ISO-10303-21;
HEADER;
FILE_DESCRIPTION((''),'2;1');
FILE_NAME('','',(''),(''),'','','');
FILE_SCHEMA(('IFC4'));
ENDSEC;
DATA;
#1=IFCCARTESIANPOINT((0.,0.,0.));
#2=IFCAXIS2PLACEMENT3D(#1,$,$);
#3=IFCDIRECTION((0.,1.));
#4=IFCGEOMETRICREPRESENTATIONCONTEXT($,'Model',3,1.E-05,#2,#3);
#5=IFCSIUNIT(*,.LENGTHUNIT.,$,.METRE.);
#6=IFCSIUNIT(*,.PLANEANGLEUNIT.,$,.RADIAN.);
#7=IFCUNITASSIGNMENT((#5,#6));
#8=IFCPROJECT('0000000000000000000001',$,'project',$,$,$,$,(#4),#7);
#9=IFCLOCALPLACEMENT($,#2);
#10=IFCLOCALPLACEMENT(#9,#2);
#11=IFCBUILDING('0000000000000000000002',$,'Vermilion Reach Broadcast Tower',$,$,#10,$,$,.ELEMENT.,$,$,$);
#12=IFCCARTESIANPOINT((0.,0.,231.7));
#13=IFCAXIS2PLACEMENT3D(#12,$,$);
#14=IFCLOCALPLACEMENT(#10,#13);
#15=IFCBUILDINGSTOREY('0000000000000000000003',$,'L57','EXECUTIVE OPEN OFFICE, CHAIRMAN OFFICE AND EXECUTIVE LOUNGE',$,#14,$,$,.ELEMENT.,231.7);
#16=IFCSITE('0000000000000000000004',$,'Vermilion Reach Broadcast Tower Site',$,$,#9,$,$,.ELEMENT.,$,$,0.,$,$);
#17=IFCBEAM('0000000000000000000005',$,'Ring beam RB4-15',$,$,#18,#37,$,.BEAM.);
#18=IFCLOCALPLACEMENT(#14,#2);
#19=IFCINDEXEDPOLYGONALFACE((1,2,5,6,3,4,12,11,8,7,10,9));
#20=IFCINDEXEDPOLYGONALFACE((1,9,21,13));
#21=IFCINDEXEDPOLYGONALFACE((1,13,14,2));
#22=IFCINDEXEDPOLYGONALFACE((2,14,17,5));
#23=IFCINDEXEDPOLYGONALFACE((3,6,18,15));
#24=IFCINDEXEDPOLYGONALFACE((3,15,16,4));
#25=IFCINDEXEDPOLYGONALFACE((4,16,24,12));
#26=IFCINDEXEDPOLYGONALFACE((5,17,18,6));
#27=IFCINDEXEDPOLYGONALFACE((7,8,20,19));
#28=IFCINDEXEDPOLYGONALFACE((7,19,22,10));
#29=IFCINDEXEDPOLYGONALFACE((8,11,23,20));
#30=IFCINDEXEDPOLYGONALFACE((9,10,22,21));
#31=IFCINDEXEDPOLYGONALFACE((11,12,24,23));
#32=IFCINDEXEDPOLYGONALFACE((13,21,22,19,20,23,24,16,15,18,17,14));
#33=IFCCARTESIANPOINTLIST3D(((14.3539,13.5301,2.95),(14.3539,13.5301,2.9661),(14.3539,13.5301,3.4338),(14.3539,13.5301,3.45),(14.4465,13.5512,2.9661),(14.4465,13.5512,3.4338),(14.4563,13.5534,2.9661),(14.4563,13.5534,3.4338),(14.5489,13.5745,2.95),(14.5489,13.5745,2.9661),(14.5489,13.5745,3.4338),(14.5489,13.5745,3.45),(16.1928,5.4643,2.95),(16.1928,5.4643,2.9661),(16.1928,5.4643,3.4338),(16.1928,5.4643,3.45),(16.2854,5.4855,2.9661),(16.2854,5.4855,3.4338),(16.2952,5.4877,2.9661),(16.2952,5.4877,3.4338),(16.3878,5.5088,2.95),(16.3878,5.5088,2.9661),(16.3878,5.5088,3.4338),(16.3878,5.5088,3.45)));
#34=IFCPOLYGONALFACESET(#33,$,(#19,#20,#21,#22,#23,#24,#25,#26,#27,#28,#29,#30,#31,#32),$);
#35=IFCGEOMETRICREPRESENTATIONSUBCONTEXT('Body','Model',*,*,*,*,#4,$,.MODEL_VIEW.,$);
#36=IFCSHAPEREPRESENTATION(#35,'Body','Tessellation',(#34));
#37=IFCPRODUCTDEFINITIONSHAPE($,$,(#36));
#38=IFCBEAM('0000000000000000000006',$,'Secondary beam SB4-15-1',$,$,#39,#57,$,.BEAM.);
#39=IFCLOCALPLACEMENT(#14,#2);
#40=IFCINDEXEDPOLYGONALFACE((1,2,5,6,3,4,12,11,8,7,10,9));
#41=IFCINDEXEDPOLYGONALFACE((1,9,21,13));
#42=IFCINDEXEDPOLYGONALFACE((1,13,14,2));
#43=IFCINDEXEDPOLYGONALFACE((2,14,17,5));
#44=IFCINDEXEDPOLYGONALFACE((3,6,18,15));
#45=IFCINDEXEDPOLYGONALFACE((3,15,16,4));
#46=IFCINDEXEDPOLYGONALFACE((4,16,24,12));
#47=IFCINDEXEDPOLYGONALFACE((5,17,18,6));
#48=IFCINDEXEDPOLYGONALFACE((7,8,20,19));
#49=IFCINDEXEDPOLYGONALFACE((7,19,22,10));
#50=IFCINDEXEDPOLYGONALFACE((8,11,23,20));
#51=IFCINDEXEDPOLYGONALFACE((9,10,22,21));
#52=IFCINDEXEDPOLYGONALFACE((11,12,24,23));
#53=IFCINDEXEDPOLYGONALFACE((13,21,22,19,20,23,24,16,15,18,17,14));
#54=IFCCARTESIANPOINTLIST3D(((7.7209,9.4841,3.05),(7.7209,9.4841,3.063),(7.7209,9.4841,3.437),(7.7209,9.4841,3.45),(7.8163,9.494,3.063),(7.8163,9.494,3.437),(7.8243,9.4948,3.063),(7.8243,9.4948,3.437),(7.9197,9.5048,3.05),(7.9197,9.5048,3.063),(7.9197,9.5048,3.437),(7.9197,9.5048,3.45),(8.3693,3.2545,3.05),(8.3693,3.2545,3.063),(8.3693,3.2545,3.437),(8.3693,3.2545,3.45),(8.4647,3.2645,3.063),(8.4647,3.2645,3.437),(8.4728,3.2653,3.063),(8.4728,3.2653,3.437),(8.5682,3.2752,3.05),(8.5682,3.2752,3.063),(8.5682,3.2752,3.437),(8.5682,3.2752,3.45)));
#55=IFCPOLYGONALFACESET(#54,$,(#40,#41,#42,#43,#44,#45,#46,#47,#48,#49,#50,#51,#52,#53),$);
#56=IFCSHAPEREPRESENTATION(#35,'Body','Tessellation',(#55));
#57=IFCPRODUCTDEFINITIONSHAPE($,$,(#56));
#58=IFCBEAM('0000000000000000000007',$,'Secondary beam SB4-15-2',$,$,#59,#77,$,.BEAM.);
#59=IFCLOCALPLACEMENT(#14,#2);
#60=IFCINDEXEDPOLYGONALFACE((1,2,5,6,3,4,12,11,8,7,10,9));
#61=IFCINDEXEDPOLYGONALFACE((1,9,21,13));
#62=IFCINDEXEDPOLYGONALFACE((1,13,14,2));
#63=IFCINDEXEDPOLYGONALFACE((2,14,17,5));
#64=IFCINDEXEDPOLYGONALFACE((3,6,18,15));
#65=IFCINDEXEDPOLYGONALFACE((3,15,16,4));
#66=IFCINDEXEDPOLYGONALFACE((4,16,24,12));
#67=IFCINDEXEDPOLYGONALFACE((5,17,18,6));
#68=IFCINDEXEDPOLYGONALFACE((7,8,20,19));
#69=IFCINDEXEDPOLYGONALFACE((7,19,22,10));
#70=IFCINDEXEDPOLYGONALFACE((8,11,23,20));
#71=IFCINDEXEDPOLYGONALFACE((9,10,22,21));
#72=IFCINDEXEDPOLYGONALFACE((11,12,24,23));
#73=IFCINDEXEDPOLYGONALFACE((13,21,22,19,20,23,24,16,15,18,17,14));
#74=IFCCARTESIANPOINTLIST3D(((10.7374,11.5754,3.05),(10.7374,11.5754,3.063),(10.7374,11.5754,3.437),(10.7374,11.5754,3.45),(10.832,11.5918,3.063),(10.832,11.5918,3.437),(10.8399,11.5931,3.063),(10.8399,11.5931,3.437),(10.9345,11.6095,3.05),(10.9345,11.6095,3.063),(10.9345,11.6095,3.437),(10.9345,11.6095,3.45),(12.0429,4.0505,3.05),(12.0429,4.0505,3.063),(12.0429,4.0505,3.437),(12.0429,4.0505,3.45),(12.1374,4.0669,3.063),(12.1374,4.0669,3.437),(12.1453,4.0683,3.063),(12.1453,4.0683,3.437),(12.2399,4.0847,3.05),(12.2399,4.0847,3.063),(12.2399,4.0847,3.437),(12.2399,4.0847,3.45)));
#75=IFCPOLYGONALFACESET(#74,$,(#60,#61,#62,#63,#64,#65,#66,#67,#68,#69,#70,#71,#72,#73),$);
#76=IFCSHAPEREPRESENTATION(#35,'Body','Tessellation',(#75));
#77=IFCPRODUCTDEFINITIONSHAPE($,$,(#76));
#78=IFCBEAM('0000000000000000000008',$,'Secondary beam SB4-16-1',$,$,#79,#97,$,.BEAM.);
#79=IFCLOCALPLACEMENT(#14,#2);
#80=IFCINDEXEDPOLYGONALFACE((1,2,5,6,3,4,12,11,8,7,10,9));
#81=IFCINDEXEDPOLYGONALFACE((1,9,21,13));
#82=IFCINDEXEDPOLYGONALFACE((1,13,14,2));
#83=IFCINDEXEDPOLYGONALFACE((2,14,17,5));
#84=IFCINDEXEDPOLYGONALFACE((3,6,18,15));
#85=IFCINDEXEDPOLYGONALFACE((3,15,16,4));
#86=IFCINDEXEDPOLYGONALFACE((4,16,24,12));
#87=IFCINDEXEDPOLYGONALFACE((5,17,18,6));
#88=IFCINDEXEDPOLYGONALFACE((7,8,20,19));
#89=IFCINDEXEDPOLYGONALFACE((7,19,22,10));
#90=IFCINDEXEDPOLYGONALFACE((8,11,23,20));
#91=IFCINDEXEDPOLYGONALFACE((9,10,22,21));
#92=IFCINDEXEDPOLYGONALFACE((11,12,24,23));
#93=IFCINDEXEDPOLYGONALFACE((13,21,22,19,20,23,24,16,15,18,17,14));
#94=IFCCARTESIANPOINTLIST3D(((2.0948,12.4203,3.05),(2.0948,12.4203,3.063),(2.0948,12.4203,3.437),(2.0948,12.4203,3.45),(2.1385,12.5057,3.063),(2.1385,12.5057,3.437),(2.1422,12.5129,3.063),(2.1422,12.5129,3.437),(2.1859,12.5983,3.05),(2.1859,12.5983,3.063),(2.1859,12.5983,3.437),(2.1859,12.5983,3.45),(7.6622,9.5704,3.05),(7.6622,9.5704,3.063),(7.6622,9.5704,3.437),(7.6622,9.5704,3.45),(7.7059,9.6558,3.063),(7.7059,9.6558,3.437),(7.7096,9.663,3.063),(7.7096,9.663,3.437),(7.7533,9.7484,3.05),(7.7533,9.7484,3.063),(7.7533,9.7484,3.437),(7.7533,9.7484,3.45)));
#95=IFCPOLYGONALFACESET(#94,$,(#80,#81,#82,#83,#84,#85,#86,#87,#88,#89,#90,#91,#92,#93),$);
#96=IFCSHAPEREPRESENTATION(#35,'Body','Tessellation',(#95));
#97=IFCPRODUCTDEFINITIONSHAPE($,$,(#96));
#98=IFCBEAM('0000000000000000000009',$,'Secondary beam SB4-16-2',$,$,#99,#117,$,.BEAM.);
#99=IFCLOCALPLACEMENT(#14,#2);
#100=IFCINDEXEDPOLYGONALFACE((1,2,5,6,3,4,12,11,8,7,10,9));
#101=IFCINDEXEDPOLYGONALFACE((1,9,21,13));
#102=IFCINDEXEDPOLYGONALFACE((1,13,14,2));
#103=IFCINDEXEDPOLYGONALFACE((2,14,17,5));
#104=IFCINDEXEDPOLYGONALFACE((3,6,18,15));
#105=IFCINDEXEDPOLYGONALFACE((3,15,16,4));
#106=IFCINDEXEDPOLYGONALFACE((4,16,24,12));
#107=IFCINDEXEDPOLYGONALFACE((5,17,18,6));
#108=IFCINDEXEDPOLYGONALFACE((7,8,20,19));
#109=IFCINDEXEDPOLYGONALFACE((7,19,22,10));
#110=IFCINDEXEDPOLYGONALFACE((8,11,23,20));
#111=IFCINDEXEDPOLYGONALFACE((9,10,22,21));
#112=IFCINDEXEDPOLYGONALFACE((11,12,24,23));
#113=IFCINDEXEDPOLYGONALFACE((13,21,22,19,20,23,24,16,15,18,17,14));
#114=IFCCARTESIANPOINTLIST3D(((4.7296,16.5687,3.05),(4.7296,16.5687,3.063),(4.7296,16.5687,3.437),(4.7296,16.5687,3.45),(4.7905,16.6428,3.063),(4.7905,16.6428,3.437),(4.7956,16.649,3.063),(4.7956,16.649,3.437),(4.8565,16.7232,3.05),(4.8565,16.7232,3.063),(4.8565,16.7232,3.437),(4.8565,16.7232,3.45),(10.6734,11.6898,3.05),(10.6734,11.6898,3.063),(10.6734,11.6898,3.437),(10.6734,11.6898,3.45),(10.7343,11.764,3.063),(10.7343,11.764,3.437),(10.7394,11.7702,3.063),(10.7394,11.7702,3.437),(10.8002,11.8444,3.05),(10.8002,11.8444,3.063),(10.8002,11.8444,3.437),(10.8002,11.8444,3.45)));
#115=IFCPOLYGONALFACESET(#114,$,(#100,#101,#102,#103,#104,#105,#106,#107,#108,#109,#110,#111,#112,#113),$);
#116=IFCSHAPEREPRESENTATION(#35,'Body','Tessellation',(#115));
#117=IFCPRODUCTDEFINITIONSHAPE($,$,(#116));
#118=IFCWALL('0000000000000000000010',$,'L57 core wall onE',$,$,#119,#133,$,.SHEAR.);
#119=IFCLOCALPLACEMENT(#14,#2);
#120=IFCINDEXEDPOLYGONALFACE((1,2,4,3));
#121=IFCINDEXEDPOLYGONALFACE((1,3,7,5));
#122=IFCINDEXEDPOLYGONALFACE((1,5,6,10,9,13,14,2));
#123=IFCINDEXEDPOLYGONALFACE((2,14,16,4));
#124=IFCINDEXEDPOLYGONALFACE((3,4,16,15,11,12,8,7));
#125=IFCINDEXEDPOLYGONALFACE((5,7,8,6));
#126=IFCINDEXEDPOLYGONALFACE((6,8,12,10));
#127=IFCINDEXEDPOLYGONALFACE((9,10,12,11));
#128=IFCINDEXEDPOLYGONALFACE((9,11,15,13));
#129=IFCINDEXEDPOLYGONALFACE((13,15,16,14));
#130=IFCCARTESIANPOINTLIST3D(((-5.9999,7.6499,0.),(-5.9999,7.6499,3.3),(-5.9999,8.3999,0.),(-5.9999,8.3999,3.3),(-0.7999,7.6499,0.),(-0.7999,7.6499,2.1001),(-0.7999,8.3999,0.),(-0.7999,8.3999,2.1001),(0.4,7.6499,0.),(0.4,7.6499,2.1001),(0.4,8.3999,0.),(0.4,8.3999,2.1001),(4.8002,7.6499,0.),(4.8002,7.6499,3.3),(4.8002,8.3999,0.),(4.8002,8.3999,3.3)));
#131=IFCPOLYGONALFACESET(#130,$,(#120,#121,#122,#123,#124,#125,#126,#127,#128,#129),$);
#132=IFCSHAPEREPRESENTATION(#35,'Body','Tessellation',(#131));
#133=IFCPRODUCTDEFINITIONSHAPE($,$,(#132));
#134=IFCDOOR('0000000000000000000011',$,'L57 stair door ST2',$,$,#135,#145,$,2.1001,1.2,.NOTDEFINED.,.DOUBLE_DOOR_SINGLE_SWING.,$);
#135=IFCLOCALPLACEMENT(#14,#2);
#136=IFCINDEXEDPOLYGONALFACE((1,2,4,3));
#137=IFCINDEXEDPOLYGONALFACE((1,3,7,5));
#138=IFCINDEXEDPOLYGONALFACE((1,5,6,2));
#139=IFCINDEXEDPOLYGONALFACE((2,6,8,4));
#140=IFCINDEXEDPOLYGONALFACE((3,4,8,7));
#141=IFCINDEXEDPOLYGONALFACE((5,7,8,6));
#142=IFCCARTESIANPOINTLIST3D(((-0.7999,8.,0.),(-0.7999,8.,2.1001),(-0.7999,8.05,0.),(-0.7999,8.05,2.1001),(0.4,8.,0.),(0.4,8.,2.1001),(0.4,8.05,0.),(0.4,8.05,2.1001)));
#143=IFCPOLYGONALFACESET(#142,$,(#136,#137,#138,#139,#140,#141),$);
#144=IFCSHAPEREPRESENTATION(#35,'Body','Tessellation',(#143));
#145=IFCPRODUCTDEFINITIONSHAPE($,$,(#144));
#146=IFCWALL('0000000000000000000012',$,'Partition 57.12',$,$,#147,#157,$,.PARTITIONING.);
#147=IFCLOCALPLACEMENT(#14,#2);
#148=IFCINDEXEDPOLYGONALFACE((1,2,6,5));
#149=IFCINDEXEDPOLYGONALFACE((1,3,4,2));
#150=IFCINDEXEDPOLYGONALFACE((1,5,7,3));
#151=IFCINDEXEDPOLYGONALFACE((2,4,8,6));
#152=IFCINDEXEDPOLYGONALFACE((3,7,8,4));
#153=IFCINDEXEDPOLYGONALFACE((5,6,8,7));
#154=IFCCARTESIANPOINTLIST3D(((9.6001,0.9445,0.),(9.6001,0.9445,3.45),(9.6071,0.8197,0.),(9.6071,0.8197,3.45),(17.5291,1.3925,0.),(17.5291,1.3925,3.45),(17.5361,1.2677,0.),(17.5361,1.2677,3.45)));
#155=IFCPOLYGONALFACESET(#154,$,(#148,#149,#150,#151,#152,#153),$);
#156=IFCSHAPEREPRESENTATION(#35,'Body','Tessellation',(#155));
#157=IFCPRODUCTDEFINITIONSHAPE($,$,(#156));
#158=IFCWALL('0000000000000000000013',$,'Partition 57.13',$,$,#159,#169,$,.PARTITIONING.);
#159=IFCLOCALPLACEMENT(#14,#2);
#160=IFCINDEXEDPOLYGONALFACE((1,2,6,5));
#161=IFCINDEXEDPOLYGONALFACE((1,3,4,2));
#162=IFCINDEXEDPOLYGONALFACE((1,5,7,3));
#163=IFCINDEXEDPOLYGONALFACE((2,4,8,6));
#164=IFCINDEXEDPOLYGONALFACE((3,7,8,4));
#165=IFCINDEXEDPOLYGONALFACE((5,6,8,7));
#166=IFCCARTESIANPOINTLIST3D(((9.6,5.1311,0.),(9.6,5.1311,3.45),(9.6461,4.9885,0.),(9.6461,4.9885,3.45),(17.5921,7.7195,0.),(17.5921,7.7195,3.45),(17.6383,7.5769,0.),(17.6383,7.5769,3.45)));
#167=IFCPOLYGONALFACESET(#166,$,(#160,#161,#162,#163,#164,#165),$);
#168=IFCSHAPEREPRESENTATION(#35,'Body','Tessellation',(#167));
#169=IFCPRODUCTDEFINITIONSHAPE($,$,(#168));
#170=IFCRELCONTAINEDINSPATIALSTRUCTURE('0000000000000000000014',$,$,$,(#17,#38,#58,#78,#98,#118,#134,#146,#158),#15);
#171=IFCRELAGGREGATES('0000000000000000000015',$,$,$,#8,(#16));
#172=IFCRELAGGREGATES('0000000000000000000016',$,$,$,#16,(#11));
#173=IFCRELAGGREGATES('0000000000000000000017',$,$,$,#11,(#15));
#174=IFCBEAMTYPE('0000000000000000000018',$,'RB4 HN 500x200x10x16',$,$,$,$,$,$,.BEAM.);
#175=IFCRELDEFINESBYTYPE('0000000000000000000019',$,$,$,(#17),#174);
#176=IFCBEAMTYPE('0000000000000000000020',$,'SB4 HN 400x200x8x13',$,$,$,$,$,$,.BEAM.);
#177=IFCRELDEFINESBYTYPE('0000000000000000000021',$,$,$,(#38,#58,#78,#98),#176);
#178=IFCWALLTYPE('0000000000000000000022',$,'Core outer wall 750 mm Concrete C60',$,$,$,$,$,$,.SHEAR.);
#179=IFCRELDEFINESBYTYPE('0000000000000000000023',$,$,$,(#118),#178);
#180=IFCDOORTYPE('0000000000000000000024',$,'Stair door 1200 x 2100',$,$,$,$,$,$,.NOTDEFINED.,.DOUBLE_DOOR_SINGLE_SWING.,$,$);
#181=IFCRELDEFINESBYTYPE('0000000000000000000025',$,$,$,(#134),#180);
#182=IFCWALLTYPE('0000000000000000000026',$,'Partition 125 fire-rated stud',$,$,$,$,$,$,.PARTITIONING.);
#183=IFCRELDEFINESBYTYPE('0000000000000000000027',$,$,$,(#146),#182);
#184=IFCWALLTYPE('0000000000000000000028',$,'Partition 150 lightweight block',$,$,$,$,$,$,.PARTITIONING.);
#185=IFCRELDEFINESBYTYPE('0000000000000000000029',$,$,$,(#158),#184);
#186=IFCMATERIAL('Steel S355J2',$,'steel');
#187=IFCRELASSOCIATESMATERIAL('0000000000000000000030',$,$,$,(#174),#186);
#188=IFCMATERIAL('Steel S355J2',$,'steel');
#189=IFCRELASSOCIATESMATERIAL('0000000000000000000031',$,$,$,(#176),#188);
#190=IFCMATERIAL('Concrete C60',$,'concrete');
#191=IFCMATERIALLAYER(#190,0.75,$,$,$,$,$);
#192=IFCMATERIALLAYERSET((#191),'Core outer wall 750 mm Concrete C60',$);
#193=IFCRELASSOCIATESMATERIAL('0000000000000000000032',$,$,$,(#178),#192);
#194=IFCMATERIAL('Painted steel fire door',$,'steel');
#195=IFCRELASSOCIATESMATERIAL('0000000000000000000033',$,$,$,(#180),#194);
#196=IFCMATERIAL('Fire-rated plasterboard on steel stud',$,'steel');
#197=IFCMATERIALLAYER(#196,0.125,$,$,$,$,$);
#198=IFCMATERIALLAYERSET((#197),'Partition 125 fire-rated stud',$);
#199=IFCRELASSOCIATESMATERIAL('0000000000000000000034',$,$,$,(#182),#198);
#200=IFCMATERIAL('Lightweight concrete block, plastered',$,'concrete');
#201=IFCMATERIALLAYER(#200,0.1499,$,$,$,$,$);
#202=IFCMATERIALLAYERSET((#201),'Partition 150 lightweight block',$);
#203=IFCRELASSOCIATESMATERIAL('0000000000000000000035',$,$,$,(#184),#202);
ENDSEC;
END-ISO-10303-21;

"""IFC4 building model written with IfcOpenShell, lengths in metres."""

from ifc_helpers import new_model, si_unit, direction, frame, frame_2d, origin, origin_2d, place, context, subcontext, project, spatial, rectangle, i_section, extrude, material, layer, layer_set, material_profile, profile_set, type_object, element, fill, save


model = new_model("IFC4")

# Units and contexts
model_context = context("Model", 3, precision=1e-05, world=origin(), true_north=direction((0.0, 1.0)))
body_context = subcontext(model_context, "Body", "Model", "MODEL_VIEW")
ifc_project = project(units=[si_unit("LENGTHUNIT", "METRE"), si_unit("PLANEANGLEUNIT", "RADIAN")], contexts=[model_context])

# Site, building, storey
site_placement = place(None, origin())
site = spatial("IfcSite", under=ifc_project, at=site_placement, Name="Vermilion Reach Broadcast Tower Site", CompositionType="ELEMENT", RefElevation=0.0)
building_placement = place(site_placement, origin())
building = spatial("IfcBuilding", under=site, at=building_placement, Name="Vermilion Reach Broadcast Tower", CompositionType="ELEMENT")
storey_placement = place(building_placement, frame((0.0, 0.0, 231.7)))
storey = spatial("IfcBuildingStorey", under=building, at=storey_placement, Name="L57", Description="EXECUTIVE OPEN OFFICE, CHAIRMAN OFFICE AND EXECUTIVE LOUNGE", CompositionType="ELEMENT", Elevation=231.7)

# Beams
ifc_material_1 = material(Name="Steel S355J2", Category="steel")
ifc_material_profile_1 = material_profile(ifc_material_1, i_section(OverallWidth=0.2, OverallDepth=0.5, WebThickness=0.01, FlangeThickness=0.0161, at=origin_2d()), Name="S355J2 HN 500x200x10x16")
ifc_profile_set_1 = profile_set([ifc_material_profile_1], Name="Steel S355J2")
beam_type_1 = type_object("IfcBeamType", Name="RB4 HN 500x200x10x16", PredefinedType="BEAM", material=ifc_profile_set_1)
beam_1_placement = place(storey_placement, frame((16.2903, 5.4866, 3.2), z_axis=(-0.222283, 0.974982, 0.0), x_axis=(-0.974982, -0.222283, 0.0)))
element("IfcBeam", 1, at=beam_1_placement, inside=storey, type_object=beam_type_1, Name="Ring beam RB4-15", PredefinedType="BEAM", context=body_context, shape_type="SweptSolid", body=[
    extrude(i_section(OverallWidth=0.2, OverallDepth=0.5, WebThickness=0.01, FlangeThickness=0.0161, at=origin_2d()), origin(), (0.0, 0.0, 1.0), 8.2727),
])
ifc_material_2 = material(Name="Steel S355J2", Category="steel")
ifc_material_profile_2 = material_profile(ifc_material_2, i_section(OverallWidth=0.2, OverallDepth=0.3999, WebThickness=0.0081, FlangeThickness=0.0129, at=origin_2d()), Name="S355J2 HN 400x200x8x13")
ifc_profile_set_2 = profile_set([ifc_material_profile_2], Name="Steel S355J2")
beam_type_2 = type_object("IfcBeamType", Name="SB4 HN 400x200x8x13", PredefinedType="BEAM", material=ifc_profile_set_2)
beam_2_placement = place(storey_placement, frame((8.4688, 3.2649, 3.25), z_axis=(-0.103532, 0.994626, 0.0), x_axis=(-0.994626, -0.103532, 0.0)))
element("IfcBeam", 2, at=beam_2_placement, inside=storey, type_object=beam_type_2, Name="Secondary beam SB4-15-1", PredefinedType="BEAM", context=body_context, shape_type="SweptSolid", body=[
    extrude(i_section(OverallWidth=0.2, OverallDepth=0.3999, WebThickness=0.0081, FlangeThickness=0.0129, at=origin_2d()), origin(), (0.0, 0.0, 1.0), 6.2632),
])
beam_3_placement = place(storey_placement, frame((12.1414, 4.0676, 3.25), z_axis=(-0.170927, 0.985284, 0.0), x_axis=(-0.985284, -0.170927, 0.0)))
element("IfcBeam", 3, at=beam_3_placement, inside=storey, type_object=beam_type_2, Name="Secondary beam SB4-15-2", PredefinedType="BEAM", context=body_context, shape_type="SweptSolid", body=[
    extrude(i_section(OverallWidth=0.2, OverallDepth=0.3999, WebThickness=0.0081, FlangeThickness=0.0129, at=origin_2d()), origin(), (0.0, 0.0, 1.0), 7.6372),
])
beam_4_placement = place(storey_placement, frame((7.7078, 9.6594, 3.25), z_axis=(-0.890156, 0.455656, 0.0), x_axis=(-0.455656, -0.890156, 0.0)))
element("IfcBeam", 4, at=beam_4_placement, inside=storey, type_object=beam_type_2, Name="Secondary beam SB4-16-1", PredefinedType="BEAM", context=body_context, shape_type="SweptSolid", body=[
    extrude(i_section(OverallWidth=0.2, OverallDepth=0.3999, WebThickness=0.0081, FlangeThickness=0.0129, at=origin_2d()), origin(), (0.0, 0.0, 1.0), 6.2544),
])
beam_5_placement = place(storey_placement, frame((10.7368, 11.7671, 3.25), z_axis=(-0.772952, 0.634465, 0.0), x_axis=(-0.634465, -0.772952, 0.0)))
element("IfcBeam", 5, at=beam_5_placement, inside=storey, type_object=beam_type_2, Name="Secondary beam SB4-16-2", PredefinedType="BEAM", context=body_context, shape_type="SweptSolid", body=[
    extrude(i_section(OverallWidth=0.2, OverallDepth=0.3999, WebThickness=0.0081, FlangeThickness=0.0129, at=origin_2d()), origin(), (0.0, 0.0, 1.0), 7.6897),
])

# Wall, opening, door
ifc_material_3 = material(Name="Concrete C60", Category="concrete")
ifc_layer_1 = layer(ifc_material_3, 0.75)
ifc_layer_set_1 = layer_set([ifc_layer_1], Name="Core outer wall 750 mm Concrete C60")
wall_type_1 = type_object("IfcWallType", Name="Core outer wall 750 mm Concrete C60", PredefinedType="SHEAR", material=ifc_layer_set_1)
wall_1_placement = place(storey_placement, frame((4.8, 8.0249, 0.0), z_axis=(0.0, 0.0, 1.0), x_axis=(-1.0, 0.0, 0.0)))
wall_1 = element("IfcWall", 6, at=wall_1_placement, inside=storey, type_object=wall_type_1, Name="L57 core wall onE", PredefinedType="SHEAR", context=body_context, shape_type="SweptSolid", body=[
    extrude(rectangle(XDim=10.8, YDim=0.75, at=frame_2d((5.3999, 0.0))), origin(), (0.0, 0.0, 1.0), 3.3),
])
opening_1_placement = place(wall_1_placement, frame((4.3999, 0.0, 0.0)))
opening_1 = element("IfcOpeningElement", 7, at=opening_1_placement, cuts=wall_1, PredefinedType="OPENING", context=body_context, shape_type="SweptSolid", body=[
    extrude(rectangle(XDim=1.2, YDim=2.1001, at=frame_2d((0.6001, 1.05))), frame((0.0, 0.385, 0.0), z_axis=(0.0, -1.0, 0.0), x_axis=(1.0, 0.0, 0.0)), (0.0, 0.0, 1.0), 0.77),
])
ifc_material_4 = material(Name="Painted steel fire door", Category="steel")
door_type_1 = type_object("IfcDoorType", Name="Stair door 1200 x 2100", OperationType="DOUBLE_DOOR_SINGLE_SWING", PredefinedType="NOTDEFINED", material=ifc_material_4)
door_1_placement = place(opening_1_placement, origin())
door_1 = element("IfcDoor", 8, at=door_1_placement, inside=storey, type_object=door_type_1, Name="L57 stair door ST2", OperationType="DOUBLE_DOOR_SINGLE_SWING", OverallHeight=2.1001, OverallWidth=1.2, PredefinedType="NOTDEFINED", context=body_context, shape_type="SweptSolid", body=[
    extrude(rectangle(XDim=1.2, YDim=2.1001, at=frame_2d((0.6001, 1.05))), frame((0.0, 0.0249, 0.0), z_axis=(0.0, -1.0, 0.0), x_axis=(1.0, 0.0, 0.0)), (0.0, 0.0, 1.0), 0.05),
])
fill(opening_1, door_1)

# Walls
ifc_material_5 = material(Name="Fire-rated plasterboard on steel stud", Category="steel")
ifc_layer_2 = layer(ifc_material_5, 0.125)
ifc_layer_set_2 = layer_set([ifc_layer_2], Name="Partition 125 fire-rated stud")
wall_type_2 = type_object("IfcWallType", Name="Partition 125 fire-rated stud", PredefinedType="PARTITIONING", material=ifc_layer_set_2)
wall_2_placement = place(storey_placement, frame((17.5325, 1.3301, 0.0), z_axis=(0.0, 0.0, 1.0), x_axis=(-0.998408, -0.056412, 0.0)))
element("IfcWall", 9, at=wall_2_placement, inside=storey, type_object=wall_type_2, Name="Partition 57.12", PredefinedType="PARTITIONING", context=body_context, shape_type="SweptSolid", body=[
    extrude(rectangle(XDim=7.9417, YDim=0.125, at=frame_2d((3.9707, 0.0))), origin(), (0.0, 0.0, 1.0), 3.45),
])
ifc_material_6 = material(Name="Lightweight concrete block, plastered", Category="concrete")
ifc_layer_3 = layer(ifc_material_6, 0.1499)
ifc_layer_set_3 = layer_set([ifc_layer_3], Name="Partition 150 lightweight block")
wall_type_3 = type_object("IfcWallType", Name="Partition 150 lightweight block", PredefinedType="PARTITIONING", material=ifc_layer_set_3)
wall_3_placement = place(storey_placement, frame((17.6152, 7.6482, 0.0), z_axis=(0.0, 0.0, 1.0), x_axis=(-0.951351, -0.308108, 0.0)))
element("IfcWall", 10, at=wall_3_placement, inside=storey, type_object=wall_type_3, Name="Partition 57.13", PredefinedType="PARTITIONING", context=body_context, shape_type="SweptSolid", body=[
    extrude(rectangle(XDim=8.4009, YDim=0.1499, at=frame_2d((4.2004, 0.0))), origin(), (0.0, 0.0, 1.0), 3.45),
])

save(model, "model.ifc")
